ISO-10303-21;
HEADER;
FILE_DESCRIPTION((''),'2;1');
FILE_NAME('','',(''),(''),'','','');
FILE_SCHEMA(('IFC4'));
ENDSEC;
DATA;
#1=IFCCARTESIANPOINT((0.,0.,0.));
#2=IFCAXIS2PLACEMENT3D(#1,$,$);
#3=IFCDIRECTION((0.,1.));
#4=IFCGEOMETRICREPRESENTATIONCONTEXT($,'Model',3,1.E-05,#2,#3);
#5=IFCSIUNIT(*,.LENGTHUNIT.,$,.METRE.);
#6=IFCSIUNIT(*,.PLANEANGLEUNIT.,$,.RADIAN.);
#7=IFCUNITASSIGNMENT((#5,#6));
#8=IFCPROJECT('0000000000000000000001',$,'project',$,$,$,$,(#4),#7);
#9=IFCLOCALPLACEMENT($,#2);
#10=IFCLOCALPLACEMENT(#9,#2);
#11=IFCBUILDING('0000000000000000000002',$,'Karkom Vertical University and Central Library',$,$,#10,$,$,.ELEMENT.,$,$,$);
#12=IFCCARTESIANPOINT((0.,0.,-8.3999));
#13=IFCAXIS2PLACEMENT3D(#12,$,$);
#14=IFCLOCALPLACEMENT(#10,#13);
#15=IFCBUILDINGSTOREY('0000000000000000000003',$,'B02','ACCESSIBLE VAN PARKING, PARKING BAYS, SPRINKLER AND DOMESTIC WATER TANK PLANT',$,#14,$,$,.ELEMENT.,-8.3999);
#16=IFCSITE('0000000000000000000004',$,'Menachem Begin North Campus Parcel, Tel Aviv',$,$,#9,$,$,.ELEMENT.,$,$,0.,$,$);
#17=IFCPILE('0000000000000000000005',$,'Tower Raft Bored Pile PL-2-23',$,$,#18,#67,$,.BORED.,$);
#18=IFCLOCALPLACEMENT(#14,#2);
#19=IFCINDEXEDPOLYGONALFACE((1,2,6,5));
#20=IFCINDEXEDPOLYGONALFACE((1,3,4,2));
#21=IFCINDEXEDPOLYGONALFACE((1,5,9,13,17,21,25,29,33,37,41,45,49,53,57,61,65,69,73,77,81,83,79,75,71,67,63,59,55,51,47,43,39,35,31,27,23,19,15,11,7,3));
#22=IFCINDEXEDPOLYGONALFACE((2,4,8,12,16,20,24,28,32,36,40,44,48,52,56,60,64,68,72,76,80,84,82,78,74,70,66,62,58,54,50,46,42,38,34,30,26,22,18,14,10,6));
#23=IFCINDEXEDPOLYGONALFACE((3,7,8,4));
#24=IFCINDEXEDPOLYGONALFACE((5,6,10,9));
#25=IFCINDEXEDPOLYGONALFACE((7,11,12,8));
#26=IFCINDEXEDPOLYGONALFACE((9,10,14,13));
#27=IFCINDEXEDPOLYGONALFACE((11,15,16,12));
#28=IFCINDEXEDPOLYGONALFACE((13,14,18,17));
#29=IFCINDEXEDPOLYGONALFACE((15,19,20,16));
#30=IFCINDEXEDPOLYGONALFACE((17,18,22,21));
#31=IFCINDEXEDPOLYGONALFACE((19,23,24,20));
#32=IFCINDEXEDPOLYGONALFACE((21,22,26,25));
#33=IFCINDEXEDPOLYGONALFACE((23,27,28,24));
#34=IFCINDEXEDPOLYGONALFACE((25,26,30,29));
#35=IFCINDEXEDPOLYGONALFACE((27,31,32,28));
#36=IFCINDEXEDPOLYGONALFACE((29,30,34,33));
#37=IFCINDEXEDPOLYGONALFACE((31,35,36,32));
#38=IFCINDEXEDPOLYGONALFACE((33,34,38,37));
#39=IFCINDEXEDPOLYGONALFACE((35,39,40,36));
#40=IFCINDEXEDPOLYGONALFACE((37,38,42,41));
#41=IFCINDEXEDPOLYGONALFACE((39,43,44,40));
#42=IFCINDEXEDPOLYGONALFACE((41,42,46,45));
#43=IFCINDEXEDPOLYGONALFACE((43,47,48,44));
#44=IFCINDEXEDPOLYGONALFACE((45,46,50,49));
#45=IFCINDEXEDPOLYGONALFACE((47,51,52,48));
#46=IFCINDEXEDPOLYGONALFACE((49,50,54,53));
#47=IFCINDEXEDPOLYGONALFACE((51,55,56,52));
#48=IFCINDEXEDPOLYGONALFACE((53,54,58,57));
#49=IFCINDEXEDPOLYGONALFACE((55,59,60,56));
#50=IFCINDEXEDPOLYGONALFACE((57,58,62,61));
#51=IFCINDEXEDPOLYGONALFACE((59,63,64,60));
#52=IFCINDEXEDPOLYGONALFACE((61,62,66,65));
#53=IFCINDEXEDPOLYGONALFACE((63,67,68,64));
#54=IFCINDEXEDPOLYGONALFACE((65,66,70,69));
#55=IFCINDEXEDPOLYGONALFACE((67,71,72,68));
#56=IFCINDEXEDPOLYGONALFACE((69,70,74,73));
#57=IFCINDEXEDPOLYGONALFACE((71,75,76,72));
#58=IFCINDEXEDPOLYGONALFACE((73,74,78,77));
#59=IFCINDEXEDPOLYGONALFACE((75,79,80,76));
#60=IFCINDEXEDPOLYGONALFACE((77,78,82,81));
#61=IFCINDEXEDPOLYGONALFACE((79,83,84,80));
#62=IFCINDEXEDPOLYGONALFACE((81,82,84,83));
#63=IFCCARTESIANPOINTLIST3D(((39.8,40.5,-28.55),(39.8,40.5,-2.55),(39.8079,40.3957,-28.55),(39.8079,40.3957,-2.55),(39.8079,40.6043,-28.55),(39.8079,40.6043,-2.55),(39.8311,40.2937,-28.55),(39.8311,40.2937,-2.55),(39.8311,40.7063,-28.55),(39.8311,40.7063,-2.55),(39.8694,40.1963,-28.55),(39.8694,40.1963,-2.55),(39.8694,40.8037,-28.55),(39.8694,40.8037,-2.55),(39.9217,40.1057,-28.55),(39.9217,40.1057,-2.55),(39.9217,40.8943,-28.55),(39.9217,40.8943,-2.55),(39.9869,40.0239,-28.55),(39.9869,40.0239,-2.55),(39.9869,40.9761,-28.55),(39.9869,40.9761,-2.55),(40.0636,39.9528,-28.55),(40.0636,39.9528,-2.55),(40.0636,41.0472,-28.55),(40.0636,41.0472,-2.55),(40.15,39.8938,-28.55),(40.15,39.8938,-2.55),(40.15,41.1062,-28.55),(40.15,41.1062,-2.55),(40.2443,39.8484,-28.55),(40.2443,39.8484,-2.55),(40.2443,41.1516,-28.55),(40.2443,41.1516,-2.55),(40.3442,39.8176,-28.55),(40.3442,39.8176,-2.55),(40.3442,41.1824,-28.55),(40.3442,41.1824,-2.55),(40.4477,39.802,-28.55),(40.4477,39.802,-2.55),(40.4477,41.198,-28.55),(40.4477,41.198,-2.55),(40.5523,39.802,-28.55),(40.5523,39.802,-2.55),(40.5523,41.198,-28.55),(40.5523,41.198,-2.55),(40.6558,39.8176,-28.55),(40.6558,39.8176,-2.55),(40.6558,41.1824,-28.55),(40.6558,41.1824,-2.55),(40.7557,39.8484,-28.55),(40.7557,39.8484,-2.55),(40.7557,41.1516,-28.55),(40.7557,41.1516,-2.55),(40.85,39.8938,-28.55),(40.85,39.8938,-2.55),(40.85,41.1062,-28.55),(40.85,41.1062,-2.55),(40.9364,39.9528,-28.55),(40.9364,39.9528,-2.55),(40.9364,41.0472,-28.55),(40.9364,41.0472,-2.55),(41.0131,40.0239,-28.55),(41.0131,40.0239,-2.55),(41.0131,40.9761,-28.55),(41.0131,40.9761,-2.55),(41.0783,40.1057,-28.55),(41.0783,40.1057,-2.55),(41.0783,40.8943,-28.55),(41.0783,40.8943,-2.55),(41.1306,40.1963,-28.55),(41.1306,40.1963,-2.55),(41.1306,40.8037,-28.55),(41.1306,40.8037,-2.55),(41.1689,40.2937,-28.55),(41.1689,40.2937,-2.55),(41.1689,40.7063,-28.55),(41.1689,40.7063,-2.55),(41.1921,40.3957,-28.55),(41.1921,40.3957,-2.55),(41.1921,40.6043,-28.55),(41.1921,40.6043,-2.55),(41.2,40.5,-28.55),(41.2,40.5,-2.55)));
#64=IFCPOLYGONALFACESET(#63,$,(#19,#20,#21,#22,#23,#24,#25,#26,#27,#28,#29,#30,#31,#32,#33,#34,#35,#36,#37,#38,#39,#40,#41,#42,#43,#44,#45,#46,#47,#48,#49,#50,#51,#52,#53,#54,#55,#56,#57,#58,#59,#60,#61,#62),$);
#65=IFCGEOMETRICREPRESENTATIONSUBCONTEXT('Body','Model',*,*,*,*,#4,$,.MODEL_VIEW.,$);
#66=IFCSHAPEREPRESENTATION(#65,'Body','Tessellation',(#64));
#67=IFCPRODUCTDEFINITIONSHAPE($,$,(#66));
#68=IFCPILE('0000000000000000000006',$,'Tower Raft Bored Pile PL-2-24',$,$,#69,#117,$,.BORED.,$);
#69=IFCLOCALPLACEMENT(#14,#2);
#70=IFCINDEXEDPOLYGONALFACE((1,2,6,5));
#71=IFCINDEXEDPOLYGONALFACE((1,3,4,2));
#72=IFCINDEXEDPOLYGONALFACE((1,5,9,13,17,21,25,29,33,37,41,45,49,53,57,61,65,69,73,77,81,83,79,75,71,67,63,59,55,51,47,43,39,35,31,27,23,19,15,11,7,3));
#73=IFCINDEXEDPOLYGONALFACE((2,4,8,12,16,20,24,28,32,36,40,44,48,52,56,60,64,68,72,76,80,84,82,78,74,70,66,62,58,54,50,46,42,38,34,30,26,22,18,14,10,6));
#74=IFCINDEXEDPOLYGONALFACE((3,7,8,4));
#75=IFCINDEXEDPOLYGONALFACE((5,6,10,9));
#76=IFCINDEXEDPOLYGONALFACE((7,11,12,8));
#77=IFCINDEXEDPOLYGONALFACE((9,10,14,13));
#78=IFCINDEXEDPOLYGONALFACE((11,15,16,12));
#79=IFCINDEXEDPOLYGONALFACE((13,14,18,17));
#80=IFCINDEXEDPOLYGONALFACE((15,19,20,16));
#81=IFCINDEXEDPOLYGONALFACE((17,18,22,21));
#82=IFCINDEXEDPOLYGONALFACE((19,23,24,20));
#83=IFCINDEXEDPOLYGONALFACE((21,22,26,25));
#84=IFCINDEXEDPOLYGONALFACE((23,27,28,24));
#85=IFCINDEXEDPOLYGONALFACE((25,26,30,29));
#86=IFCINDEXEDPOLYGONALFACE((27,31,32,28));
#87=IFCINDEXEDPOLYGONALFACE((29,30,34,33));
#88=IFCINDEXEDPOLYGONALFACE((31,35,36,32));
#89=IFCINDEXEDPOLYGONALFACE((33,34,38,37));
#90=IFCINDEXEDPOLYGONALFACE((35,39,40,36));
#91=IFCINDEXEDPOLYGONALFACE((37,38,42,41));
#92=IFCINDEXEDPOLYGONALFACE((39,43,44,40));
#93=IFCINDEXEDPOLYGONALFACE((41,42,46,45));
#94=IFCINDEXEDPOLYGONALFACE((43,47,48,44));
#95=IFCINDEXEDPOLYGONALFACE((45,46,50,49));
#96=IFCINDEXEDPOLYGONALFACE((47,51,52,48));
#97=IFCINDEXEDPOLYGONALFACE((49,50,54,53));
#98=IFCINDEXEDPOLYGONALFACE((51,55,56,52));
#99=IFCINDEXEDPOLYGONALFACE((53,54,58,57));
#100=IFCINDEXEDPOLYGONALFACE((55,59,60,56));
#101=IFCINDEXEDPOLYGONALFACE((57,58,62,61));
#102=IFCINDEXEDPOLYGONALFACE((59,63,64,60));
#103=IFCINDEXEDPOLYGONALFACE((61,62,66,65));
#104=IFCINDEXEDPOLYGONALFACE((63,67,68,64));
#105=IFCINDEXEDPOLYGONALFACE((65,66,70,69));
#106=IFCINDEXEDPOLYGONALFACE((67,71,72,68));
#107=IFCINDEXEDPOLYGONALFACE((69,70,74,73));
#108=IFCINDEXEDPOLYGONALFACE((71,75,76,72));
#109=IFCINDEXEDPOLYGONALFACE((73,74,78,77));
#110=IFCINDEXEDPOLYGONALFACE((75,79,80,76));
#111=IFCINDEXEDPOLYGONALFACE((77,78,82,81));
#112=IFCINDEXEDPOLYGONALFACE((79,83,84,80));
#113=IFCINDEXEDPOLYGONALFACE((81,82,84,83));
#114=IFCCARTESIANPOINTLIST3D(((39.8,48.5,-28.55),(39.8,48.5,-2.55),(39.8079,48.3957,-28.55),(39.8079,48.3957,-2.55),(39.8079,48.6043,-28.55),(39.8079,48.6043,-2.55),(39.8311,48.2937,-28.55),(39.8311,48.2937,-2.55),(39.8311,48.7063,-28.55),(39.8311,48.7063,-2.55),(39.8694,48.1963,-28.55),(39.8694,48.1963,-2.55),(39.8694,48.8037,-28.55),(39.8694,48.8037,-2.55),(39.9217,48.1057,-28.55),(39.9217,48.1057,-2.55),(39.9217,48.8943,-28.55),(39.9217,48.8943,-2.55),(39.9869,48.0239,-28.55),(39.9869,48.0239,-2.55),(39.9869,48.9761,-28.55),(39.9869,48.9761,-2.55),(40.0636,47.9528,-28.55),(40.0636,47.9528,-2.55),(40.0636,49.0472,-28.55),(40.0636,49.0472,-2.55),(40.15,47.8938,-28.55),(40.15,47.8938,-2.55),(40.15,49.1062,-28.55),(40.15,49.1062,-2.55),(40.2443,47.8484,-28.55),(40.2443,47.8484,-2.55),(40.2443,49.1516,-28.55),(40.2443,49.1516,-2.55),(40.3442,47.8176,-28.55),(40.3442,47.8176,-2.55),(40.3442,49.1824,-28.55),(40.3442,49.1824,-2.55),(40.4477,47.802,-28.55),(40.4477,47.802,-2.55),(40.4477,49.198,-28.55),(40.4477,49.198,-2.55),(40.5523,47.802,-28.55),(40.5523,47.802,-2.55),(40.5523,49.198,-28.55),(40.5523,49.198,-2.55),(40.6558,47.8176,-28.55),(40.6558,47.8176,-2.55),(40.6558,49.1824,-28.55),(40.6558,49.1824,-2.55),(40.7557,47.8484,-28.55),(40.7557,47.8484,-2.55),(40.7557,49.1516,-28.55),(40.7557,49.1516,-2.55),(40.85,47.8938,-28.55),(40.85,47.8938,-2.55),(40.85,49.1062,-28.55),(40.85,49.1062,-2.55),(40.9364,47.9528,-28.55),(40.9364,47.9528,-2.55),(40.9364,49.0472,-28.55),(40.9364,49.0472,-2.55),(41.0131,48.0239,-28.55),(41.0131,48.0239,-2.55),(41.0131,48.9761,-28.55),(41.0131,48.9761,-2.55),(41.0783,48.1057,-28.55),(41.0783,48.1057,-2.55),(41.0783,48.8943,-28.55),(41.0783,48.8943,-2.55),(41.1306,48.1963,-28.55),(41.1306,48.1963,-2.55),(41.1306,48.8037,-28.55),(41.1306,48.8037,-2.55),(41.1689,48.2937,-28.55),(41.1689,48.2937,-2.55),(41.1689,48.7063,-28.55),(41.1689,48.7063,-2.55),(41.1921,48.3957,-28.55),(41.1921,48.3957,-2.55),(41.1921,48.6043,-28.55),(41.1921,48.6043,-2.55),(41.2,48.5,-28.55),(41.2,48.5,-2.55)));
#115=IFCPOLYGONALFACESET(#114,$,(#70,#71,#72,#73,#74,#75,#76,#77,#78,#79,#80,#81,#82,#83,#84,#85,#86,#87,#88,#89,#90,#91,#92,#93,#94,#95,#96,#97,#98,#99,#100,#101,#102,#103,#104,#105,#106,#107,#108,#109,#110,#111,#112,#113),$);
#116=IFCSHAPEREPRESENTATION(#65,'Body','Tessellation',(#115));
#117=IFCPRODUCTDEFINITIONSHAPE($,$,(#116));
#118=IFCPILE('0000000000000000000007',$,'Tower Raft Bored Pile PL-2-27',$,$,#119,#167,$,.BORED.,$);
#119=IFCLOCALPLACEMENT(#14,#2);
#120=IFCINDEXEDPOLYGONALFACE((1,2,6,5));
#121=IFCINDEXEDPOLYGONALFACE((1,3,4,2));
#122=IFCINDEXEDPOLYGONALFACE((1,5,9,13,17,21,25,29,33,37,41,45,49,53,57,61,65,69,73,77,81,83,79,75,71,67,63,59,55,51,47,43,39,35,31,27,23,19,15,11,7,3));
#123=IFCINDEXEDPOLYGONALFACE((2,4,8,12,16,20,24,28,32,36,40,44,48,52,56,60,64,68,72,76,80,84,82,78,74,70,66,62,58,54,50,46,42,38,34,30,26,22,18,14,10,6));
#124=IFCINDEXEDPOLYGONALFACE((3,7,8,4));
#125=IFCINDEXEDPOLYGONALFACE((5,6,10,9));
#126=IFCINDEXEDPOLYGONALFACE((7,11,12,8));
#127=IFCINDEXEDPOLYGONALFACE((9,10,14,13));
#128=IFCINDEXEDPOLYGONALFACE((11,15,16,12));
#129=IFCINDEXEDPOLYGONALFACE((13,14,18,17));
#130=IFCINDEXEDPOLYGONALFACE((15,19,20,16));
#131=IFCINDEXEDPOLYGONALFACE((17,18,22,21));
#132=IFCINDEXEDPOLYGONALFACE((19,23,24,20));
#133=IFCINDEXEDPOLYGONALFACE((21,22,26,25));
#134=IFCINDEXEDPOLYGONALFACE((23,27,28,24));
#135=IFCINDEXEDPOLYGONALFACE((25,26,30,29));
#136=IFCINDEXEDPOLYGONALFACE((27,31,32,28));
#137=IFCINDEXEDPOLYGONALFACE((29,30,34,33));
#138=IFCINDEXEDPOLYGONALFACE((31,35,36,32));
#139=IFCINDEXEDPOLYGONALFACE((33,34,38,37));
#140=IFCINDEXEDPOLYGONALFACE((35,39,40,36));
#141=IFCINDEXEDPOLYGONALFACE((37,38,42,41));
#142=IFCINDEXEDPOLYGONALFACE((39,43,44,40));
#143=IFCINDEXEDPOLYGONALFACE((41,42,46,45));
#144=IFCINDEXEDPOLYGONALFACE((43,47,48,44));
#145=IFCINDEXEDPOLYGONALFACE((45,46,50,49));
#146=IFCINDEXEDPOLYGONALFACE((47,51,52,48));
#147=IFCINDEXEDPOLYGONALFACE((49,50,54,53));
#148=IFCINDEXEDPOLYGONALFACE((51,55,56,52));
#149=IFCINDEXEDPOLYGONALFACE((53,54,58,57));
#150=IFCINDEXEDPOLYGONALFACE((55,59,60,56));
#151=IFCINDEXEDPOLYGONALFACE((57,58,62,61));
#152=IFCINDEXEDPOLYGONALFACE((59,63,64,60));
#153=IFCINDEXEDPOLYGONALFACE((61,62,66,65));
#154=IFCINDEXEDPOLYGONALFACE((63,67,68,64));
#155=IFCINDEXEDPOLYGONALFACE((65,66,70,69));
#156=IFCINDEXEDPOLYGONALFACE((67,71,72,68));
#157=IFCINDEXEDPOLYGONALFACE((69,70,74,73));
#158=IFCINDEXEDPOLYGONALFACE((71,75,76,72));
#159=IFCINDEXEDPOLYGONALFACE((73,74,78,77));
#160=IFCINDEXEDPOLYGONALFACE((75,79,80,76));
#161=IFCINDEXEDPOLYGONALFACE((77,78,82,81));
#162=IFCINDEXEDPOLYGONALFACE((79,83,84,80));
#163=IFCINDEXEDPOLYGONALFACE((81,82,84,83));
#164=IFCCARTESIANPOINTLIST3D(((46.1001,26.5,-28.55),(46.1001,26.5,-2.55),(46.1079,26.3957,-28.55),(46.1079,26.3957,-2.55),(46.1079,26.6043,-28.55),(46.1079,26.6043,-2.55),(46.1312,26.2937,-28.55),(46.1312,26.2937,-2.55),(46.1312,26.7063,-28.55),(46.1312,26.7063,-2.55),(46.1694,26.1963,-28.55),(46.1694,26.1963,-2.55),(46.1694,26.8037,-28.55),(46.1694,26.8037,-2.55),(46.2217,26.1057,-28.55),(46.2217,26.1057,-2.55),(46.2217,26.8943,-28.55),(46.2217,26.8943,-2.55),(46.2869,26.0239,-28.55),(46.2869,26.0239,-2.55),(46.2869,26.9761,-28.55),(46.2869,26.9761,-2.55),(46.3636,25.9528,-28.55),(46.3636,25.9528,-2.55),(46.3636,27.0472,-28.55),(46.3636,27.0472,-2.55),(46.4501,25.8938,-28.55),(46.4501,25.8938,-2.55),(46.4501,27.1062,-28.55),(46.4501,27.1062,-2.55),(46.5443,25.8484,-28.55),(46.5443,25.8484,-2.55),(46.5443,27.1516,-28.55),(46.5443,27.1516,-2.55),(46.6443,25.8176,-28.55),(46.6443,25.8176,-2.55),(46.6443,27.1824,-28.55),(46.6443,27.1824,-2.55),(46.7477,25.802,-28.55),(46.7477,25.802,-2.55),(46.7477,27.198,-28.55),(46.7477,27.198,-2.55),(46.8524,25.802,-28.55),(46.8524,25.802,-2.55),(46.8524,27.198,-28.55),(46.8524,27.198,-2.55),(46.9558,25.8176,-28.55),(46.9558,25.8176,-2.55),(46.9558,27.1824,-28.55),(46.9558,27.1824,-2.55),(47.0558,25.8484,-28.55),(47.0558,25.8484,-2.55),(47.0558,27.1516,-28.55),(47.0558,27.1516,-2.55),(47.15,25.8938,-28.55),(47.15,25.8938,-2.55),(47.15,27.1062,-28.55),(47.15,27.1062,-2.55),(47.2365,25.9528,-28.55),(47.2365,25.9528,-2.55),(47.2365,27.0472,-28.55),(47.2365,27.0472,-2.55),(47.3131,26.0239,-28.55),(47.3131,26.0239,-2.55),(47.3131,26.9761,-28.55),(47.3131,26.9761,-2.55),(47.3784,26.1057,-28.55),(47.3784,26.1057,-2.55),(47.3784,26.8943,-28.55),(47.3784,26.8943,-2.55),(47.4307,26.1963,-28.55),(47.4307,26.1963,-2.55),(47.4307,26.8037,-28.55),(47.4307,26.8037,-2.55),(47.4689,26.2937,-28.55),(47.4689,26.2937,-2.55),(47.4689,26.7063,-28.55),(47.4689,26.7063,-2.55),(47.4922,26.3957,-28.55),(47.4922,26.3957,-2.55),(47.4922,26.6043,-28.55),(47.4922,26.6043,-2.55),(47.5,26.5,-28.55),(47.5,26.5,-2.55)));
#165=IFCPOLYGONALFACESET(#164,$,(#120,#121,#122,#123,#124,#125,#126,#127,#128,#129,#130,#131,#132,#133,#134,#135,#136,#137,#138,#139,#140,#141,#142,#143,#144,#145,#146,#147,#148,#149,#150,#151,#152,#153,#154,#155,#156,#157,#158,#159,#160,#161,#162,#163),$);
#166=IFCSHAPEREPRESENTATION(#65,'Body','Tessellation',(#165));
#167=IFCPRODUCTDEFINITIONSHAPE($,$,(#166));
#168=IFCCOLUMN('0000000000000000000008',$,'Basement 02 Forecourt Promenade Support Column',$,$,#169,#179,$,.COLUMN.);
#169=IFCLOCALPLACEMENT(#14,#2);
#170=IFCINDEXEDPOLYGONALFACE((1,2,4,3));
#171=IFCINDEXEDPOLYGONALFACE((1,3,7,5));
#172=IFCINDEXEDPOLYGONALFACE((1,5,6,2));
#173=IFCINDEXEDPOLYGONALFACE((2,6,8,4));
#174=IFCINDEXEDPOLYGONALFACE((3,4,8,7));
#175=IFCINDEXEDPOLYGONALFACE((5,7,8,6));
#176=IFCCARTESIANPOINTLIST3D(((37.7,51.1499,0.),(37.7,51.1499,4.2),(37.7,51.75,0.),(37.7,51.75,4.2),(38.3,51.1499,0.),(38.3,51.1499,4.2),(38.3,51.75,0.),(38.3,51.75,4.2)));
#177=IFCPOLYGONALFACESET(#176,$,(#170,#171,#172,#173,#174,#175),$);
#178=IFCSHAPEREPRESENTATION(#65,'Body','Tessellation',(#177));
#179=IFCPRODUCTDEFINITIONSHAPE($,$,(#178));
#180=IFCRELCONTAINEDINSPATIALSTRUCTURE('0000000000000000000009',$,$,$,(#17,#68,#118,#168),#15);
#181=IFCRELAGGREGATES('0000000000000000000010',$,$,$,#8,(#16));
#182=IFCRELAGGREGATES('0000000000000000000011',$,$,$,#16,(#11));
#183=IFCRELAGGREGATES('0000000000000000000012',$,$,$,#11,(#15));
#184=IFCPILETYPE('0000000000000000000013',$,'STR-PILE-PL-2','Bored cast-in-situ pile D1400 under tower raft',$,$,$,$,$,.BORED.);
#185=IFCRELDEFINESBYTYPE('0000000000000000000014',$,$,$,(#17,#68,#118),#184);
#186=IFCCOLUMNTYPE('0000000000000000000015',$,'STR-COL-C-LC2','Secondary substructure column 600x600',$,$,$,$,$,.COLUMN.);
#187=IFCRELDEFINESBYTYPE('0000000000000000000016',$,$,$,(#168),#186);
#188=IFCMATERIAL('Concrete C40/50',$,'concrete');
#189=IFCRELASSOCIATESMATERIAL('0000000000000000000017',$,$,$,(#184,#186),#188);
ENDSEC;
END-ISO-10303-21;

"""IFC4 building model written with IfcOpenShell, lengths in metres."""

from ifc_helpers import new_model, si_unit, direction, frame, origin, origin_with_axes, origin_2d, place, context, subcontext, project, spatial, rectangle, circle, extrude, source, transform, mapped, material, material_profile, profile_set, type_object, element, save


model = new_model("IFC4")

# Units and contexts
model_context = context("Model", 3, precision=1e-05, world=origin(), true_north=direction((0.0, 1.0)))
body_context = subcontext(model_context, "Body", "Model", "MODEL_VIEW")
ifc_project = project(units=[si_unit("LENGTHUNIT", "METRE"), si_unit("PLANEANGLEUNIT", "RADIAN")], contexts=[model_context])

# Site, building, storey
site_placement = place(None, origin())
site = spatial("IfcSite", under=ifc_project, at=site_placement, Name="Menachem Begin North Campus Parcel, Tel Aviv", CompositionType="ELEMENT", RefElevation=0.0)
building_placement = place(site_placement, origin())
building = spatial("IfcBuilding", under=site, at=building_placement, Name="Karkom Vertical University and Central Library", CompositionType="ELEMENT")
storey_placement = place(building_placement, frame((0.0, 0.0, -8.3999)))
storey = spatial("IfcBuildingStorey", under=building, at=storey_placement, Name="B02", Description="ACCESSIBLE VAN PARKING, PARKING BAYS, SPRINKLER AND DOMESTIC WATER TANK PLANT", CompositionType="ELEMENT", Elevation=-8.3999)

# Piles
ifc_material_1 = material(Name="Concrete C40/50", Category="concrete")
ifc_material_profile_1 = material_profile(ifc_material_1, circle(Radius=0.7, at=origin_2d()), Name="PILE-D1400")
ifc_profile_set_1 = profile_set([ifc_material_profile_1], Name="Concrete C40/50")
pile_type_1 = type_object("IfcPileType", Name="STR-PILE-PL-2", Description="Bored cast-in-situ pile D1400 under tower raft", PredefinedType="BORED", material=ifc_profile_set_1)
shared_shape_1 = source(origin_with_axes(), body_context, "Body", "SweptSolid", [
    extrude(circle(Radius=0.7, at=origin_2d()), origin(), (0.0, 0.0, 1.0), 26.0),
])
for number, where, z_axis, x_axis, name in (
    (1, (40.5, 40.5, -2.55), (0.0, 0.0, -1.0), (1.0, 0.0, 0.0), "Tower Raft Bored Pile PL-2-23"),
    (2, (40.5, 48.5, -2.55), (0.0, 0.0, -1.0), (1.0, 0.0, 0.0), "Tower Raft Bored Pile PL-2-24"),
    (3, (46.8, 26.5, -2.55), (0.0, 0.0, -1.0), (1.0, 0.0, 0.0), "Tower Raft Bored Pile PL-2-27"),
):
    element("IfcPile", number, at=place(storey_placement, frame(where, z_axis=z_axis, x_axis=x_axis)), inside=storey, type_object=pile_type_1, Name=name, PredefinedType="BORED", context=body_context, shape_type="MappedRepresentation", body=[
        mapped(shared_shape_1, transform((0.0, 0.0, 0.0), scale=1.0)),
    ])

# Column
ifc_material_profile_2 = material_profile(ifc_material_1, rectangle(XDim=0.6001, YDim=0.6001, at=origin_2d()), Name="RC-600x600")
ifc_profile_set_2 = profile_set([ifc_material_profile_2], Name="Concrete C40/50")
column_type_1 = type_object("IfcColumnType", Name="STR-COL-C-LC2", Description="Secondary substructure column 600x600", PredefinedType="COLUMN", material=ifc_profile_set_2)
shared_shape_2 = source(origin_with_axes(), body_context, "Body", "SweptSolid", [
    extrude(rectangle(XDim=0.6001, YDim=0.6001, at=origin_2d()), origin(), (0.0, 0.0, 1.0), 4.2),
])
column_1_placement = place(storey_placement, frame((38.0, 51.45, 0.0), z_axis=(0.0, 0.0, 1.0), x_axis=(1.0, 0.0, 0.0)))
element("IfcColumn", 4, at=column_1_placement, inside=storey, type_object=column_type_1, Name="Basement 02 Forecourt Promenade Support Column", PredefinedType="COLUMN", context=body_context, shape_type="MappedRepresentation", body=[
    mapped(shared_shape_2, transform((0.0, 0.0, 0.0), scale=1.0)),
])

save(model, "model.ifc")
